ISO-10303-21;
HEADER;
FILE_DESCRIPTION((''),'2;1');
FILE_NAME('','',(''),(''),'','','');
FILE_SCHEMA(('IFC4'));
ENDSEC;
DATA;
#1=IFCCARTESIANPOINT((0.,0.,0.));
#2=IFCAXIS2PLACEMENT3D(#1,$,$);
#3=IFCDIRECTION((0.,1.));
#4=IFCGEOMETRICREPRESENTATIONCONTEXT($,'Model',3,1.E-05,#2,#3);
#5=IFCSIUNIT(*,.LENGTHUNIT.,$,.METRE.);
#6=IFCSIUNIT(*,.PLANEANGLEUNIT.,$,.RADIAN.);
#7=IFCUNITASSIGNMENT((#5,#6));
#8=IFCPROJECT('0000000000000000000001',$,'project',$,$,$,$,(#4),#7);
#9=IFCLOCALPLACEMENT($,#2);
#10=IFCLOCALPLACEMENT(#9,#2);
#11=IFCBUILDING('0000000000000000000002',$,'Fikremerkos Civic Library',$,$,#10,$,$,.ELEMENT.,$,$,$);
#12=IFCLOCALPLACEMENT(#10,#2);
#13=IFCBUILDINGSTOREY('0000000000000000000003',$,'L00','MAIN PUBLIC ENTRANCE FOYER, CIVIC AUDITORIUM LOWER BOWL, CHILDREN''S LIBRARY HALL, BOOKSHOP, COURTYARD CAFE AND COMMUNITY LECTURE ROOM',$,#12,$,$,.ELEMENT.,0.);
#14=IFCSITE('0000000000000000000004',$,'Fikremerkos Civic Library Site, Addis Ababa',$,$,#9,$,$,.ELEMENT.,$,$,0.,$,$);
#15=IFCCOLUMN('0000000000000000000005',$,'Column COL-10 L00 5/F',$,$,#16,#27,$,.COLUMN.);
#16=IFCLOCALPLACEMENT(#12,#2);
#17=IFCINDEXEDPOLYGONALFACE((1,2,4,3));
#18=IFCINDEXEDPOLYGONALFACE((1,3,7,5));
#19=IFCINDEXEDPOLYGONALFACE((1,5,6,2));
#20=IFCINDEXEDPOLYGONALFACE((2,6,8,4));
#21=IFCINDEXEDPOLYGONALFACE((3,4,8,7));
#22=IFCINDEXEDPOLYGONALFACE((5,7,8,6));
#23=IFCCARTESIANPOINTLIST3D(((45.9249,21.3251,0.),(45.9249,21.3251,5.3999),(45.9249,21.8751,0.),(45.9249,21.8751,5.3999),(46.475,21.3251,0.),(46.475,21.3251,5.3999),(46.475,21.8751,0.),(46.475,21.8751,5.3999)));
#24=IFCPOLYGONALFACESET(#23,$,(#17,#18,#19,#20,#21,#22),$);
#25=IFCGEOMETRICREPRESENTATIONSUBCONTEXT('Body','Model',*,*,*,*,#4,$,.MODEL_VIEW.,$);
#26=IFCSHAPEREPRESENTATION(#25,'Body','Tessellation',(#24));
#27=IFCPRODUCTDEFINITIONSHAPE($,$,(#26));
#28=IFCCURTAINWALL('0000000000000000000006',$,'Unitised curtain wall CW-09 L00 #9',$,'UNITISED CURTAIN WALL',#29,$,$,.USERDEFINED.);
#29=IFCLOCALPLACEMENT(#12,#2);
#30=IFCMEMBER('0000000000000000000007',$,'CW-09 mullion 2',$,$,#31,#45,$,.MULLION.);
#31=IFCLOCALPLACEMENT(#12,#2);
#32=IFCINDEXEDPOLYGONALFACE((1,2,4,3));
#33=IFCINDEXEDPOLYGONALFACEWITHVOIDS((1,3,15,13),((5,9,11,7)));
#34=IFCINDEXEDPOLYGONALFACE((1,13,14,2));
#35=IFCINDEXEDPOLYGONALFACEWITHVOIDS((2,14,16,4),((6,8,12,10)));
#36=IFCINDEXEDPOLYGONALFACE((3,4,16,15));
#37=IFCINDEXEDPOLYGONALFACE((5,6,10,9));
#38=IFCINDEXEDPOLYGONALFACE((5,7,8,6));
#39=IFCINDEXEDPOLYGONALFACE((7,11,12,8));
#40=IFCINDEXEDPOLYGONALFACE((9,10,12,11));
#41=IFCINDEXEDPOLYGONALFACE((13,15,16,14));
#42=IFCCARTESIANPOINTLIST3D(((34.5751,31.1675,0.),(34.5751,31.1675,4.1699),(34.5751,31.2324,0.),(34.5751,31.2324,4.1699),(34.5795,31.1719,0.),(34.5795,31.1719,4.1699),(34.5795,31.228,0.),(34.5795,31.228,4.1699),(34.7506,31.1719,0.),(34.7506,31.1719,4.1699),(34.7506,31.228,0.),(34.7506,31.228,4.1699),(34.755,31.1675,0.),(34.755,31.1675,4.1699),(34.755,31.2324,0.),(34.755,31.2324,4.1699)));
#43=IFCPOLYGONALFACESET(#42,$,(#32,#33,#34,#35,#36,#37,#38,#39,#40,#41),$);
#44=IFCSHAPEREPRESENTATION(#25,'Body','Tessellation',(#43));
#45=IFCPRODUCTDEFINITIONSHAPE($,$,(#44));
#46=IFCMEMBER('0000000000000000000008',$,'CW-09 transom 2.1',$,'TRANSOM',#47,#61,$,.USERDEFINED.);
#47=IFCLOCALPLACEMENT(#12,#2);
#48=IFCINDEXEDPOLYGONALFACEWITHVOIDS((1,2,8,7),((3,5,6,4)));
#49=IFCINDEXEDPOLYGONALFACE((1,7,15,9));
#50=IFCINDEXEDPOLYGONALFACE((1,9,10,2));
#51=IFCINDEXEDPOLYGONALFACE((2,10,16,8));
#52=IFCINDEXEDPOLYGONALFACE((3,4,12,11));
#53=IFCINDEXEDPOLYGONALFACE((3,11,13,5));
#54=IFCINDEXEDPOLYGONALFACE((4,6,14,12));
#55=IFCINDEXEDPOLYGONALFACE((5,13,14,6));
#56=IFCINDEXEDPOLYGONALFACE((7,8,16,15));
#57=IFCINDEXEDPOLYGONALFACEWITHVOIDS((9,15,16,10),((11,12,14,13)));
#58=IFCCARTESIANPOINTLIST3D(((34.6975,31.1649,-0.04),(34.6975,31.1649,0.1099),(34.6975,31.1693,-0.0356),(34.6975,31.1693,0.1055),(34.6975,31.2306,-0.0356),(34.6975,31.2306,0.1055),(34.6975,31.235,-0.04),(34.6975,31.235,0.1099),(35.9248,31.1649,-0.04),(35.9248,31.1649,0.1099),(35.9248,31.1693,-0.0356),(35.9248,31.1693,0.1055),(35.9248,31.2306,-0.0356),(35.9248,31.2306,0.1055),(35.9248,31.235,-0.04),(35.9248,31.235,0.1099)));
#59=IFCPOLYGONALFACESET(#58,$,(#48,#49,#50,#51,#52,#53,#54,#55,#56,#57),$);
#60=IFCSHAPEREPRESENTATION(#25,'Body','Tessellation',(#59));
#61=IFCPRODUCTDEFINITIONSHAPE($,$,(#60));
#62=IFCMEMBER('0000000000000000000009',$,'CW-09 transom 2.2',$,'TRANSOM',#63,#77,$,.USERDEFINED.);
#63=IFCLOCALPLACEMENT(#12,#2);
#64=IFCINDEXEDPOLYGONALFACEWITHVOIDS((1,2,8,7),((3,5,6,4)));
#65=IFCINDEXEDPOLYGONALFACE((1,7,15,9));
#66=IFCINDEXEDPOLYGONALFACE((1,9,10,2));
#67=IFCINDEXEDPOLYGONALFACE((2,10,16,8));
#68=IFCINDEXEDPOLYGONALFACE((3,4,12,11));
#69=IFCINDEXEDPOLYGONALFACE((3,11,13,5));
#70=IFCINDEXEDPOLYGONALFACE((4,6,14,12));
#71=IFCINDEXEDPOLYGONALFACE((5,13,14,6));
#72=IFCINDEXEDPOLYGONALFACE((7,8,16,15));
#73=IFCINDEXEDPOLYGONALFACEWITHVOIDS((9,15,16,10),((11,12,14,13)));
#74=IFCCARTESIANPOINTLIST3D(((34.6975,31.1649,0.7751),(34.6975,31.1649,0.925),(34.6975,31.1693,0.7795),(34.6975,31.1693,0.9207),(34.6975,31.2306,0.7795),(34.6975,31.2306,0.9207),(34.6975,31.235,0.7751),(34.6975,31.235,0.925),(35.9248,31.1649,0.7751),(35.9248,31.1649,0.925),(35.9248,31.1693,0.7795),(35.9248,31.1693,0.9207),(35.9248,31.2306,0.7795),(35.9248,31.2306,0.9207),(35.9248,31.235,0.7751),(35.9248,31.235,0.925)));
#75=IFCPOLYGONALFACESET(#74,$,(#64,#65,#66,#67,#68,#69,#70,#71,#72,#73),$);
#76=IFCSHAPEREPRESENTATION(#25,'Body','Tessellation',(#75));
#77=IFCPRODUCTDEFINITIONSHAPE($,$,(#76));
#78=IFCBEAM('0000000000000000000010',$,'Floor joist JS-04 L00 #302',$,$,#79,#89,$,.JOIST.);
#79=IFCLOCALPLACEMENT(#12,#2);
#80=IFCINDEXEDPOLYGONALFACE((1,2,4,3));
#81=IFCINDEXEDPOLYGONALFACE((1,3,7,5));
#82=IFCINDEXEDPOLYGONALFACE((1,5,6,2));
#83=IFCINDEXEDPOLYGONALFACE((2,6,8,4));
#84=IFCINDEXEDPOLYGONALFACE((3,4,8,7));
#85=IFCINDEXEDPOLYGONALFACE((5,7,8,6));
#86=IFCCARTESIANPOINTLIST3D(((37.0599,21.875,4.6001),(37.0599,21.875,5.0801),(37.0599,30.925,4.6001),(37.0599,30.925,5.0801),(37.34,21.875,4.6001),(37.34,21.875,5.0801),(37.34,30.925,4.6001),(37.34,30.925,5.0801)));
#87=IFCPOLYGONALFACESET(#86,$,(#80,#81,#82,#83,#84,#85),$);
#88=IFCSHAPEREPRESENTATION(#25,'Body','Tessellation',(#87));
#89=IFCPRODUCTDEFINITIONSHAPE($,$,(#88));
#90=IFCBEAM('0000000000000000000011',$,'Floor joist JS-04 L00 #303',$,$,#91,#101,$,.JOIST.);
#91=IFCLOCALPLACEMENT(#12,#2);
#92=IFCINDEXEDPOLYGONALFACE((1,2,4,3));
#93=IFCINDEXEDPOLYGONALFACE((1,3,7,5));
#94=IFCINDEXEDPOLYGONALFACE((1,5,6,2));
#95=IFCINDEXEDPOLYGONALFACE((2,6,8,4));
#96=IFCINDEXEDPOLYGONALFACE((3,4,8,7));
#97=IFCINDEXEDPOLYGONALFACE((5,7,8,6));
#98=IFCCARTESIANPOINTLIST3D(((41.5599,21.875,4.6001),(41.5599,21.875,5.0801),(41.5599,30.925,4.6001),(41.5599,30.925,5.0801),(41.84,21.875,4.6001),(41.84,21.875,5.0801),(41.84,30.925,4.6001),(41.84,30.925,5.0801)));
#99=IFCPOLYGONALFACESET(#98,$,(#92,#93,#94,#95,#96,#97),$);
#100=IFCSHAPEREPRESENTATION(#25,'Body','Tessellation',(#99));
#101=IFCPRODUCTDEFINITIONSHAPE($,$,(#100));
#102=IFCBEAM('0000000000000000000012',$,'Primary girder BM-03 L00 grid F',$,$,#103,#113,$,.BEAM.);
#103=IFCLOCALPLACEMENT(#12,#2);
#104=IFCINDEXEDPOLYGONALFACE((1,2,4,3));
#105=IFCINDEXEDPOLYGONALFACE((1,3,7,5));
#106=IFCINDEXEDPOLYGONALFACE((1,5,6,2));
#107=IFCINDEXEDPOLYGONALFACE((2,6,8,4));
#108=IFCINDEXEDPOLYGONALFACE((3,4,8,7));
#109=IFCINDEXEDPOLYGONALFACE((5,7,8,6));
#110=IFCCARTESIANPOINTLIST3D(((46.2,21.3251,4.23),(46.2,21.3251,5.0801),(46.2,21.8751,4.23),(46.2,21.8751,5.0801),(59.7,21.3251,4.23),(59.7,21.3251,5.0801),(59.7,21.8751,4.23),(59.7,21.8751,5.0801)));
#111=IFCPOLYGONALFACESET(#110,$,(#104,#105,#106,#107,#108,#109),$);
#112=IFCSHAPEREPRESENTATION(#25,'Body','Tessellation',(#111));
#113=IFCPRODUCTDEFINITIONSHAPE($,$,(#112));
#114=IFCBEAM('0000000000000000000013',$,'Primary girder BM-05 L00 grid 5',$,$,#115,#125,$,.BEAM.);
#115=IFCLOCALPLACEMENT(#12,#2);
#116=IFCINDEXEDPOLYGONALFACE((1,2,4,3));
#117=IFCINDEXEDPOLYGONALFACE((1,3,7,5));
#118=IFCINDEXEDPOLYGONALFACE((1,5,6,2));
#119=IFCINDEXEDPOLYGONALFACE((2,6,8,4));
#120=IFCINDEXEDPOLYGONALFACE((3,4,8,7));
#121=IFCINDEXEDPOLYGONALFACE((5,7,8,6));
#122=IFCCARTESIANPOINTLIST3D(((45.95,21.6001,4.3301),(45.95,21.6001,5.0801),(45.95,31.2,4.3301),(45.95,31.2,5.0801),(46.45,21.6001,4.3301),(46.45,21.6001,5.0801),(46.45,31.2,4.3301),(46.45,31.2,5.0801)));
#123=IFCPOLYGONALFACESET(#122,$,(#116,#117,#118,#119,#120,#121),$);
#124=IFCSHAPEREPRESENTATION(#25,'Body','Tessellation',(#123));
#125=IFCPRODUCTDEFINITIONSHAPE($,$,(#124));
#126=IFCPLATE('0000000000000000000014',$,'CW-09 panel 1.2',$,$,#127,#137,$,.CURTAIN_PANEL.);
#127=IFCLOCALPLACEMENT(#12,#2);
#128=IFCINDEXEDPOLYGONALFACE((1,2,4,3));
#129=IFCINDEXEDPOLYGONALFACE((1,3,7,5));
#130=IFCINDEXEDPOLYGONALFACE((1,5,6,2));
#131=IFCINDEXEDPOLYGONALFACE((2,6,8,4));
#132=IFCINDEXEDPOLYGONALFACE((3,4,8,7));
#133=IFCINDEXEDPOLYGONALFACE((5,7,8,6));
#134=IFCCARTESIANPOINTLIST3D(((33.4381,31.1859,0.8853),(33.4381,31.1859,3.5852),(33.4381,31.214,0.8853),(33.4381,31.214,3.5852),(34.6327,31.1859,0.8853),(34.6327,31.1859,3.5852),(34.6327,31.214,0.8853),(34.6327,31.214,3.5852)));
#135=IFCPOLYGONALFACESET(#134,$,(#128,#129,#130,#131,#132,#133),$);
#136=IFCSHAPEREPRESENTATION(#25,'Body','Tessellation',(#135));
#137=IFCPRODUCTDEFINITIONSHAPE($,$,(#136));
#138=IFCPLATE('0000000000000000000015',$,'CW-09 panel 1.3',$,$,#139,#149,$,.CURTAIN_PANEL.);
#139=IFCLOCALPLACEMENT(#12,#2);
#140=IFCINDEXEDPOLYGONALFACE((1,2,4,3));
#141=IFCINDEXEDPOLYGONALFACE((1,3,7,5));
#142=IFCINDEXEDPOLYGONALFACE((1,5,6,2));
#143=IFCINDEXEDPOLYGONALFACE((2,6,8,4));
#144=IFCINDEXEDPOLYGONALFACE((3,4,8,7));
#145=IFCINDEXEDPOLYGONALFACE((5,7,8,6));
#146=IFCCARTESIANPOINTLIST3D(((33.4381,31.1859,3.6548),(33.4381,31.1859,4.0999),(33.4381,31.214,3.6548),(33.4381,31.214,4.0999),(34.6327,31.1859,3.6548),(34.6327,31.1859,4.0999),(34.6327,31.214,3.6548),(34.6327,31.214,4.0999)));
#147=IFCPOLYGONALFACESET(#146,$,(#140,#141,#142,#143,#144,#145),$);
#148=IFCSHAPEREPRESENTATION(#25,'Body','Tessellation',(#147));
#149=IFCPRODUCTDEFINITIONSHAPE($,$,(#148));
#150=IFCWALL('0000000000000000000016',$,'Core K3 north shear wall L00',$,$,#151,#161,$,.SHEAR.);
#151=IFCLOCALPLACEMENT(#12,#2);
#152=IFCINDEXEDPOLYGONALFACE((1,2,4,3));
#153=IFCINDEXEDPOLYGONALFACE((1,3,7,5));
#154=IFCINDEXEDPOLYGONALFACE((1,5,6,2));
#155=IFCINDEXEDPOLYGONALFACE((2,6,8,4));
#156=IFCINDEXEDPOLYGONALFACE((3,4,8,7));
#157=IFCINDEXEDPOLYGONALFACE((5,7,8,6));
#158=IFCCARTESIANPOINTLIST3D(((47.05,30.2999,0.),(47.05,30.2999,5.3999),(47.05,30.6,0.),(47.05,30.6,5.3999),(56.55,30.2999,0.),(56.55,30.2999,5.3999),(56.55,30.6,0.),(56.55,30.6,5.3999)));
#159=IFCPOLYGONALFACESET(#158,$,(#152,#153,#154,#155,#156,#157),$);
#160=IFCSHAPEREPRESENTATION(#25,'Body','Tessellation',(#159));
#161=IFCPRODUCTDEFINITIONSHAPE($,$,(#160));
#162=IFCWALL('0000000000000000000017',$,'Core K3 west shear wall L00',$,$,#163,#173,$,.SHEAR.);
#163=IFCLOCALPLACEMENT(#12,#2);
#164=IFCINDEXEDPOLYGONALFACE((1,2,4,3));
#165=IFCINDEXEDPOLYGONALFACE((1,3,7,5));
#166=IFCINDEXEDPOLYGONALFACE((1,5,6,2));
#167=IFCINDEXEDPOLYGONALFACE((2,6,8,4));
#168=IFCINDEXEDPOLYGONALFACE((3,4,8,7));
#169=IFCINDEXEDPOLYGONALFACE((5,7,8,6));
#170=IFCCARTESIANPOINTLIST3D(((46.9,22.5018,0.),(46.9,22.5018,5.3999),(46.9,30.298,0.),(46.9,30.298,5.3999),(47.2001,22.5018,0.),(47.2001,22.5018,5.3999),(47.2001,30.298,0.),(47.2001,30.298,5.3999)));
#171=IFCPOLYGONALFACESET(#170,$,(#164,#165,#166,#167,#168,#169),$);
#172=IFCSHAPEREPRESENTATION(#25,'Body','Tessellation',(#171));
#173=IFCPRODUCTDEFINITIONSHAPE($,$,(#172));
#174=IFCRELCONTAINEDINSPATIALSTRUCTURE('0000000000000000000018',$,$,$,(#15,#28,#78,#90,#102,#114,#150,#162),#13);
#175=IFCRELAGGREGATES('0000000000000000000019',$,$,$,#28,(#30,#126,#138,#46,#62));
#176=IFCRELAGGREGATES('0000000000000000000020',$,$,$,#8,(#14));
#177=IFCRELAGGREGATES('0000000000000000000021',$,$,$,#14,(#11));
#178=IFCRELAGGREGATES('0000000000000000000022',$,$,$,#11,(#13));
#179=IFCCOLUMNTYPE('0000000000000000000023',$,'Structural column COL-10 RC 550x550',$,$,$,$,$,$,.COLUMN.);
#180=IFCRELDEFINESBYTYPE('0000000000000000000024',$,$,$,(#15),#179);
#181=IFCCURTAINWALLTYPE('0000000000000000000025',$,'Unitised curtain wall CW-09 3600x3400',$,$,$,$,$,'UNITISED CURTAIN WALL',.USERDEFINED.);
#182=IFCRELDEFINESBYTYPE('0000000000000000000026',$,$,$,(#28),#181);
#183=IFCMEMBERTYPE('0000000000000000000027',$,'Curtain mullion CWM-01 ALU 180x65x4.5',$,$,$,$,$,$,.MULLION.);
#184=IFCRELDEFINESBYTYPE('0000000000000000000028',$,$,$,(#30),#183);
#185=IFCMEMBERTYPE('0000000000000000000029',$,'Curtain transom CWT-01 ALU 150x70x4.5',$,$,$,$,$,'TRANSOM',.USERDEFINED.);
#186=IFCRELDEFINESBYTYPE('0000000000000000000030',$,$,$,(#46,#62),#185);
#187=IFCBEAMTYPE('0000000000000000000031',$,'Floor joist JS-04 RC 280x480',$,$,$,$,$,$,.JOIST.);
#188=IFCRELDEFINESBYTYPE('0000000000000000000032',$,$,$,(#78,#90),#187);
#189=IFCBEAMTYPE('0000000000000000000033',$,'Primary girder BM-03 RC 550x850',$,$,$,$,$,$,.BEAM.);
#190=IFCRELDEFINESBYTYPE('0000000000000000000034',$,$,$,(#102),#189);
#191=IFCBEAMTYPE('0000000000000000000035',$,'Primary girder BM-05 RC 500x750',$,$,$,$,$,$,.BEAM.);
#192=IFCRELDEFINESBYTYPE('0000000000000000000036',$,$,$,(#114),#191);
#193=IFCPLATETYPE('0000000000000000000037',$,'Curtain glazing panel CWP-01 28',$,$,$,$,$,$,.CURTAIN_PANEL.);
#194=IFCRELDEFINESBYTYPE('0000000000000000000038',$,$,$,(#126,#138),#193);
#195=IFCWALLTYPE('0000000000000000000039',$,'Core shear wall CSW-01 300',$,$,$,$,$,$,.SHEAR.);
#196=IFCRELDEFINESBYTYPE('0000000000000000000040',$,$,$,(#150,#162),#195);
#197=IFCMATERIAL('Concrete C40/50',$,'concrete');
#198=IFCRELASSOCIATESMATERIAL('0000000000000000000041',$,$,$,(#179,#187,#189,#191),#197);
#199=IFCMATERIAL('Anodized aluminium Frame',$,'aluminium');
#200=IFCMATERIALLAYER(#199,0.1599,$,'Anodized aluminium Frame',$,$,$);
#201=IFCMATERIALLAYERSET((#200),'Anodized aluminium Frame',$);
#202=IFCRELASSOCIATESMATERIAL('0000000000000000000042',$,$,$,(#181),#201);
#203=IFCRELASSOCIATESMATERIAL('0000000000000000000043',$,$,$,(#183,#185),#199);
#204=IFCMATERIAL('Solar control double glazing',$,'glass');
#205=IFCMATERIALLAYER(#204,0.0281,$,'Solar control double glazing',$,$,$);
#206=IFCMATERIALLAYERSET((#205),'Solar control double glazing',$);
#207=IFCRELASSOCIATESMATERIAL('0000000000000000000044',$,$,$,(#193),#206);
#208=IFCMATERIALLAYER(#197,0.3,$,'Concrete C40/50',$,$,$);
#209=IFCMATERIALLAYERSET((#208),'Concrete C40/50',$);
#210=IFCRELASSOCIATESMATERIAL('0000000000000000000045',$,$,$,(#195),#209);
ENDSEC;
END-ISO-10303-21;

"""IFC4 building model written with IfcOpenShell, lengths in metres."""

from ifc_helpers import new_model, si_unit, direction, frame, frame_2d, origin, origin_2d, place, context, subcontext, project, spatial, rectangle, hollow_rectangle, extrude, material, layer, layer_set, material_profile, profile_set, type_object, element, aggregate, save


model = new_model("IFC4")

# Units and contexts
model_context = context("Model", 3, precision=1e-05, world=origin(), true_north=direction((0.0, 1.0)))
body_context = subcontext(model_context, "Body", "Model", "MODEL_VIEW")
ifc_project = project(units=[si_unit("LENGTHUNIT", "METRE"), si_unit("PLANEANGLEUNIT", "RADIAN")], contexts=[model_context])

# Site, building, storey
site_placement = place(None, origin())
site = spatial("IfcSite", under=ifc_project, at=site_placement, Name="Fikremerkos Civic Library Site, Addis Ababa", CompositionType="ELEMENT", RefElevation=0.0)
building_placement = place(site_placement, origin())
building = spatial("IfcBuilding", under=site, at=building_placement, Name="Fikremerkos Civic Library", CompositionType="ELEMENT")
storey_placement = place(building_placement, origin())
storey = spatial("IfcBuildingStorey", under=building, at=storey_placement, Name="L00", Description="MAIN PUBLIC ENTRANCE FOYER, CIVIC AUDITORIUM LOWER BOWL, CHILDREN'S LIBRARY HALL, BOOKSHOP, COURTYARD CAFE AND COMMUNITY LECTURE ROOM", CompositionType="ELEMENT", Elevation=0.0)

# Column
ifc_material_1 = material(Name="Concrete C40/50", Category="concrete")
ifc_material_profile_1 = material_profile(ifc_material_1, rectangle(XDim=0.55, YDim=0.55, at=origin_2d()), Name="RC 550x550")
ifc_profile_set_1 = profile_set([ifc_material_profile_1], Name="Concrete C40/50")
column_type = type_object("IfcColumnType", Name="Structural column COL-10 RC 550x550", PredefinedType="COLUMN", material=ifc_profile_set_1)
column_placement = place(storey_placement, frame((46.2, 21.6001, 0.0), z_axis=(0.0, 0.0, 1.0), x_axis=(1.0, 0.0, 0.0)))
element("IfcColumn", 1, at=column_placement, inside=storey, type_object=column_type, Name="Column COL-10 L00 5/F", PredefinedType="COLUMN", context=body_context, shape_type="SweptSolid", body=[
    extrude(rectangle(XDim=0.55, YDim=0.55, at=origin_2d()), origin(), (0.0, 0.0, 1.0), 5.3999),
])

# Curtain wall, members
ifc_material_2 = material(Name="Anodized aluminium Frame", Category="aluminium")
ifc_layer_1 = layer(ifc_material_2, 0.1599, Name="Anodized aluminium Frame")
ifc_layer_set_1 = layer_set([ifc_layer_1], Name="Anodized aluminium Frame")
curtain_wall_type = type_object("IfcCurtainWallType", Name="Unitised curtain wall CW-09 3600x3400", ElementType="UNITISED CURTAIN WALL", PredefinedType="USERDEFINED", material=ifc_layer_set_1)
curtain_wall_placement = place(storey_placement, origin())
curtain_wall = element("IfcCurtainWall", 2, at=curtain_wall_placement, inside=storey, type_object=curtain_wall_type, Name="Unitised curtain wall CW-09 L00 #9", ObjectType="UNITISED CURTAIN WALL", PredefinedType="USERDEFINED")
ifc_material_profile_2 = material_profile(ifc_material_2, hollow_rectangle(XDim=0.0649, YDim=0.1799, WallThickness=0.0044, at=origin_2d()), Name="ALU 180x65x4.5")
ifc_profile_set_2 = profile_set([ifc_material_profile_2], Name="Anodized aluminium Frame")
member_type_1 = type_object("IfcMemberType", Name="Curtain mullion CWM-01 ALU 180x65x4.5", PredefinedType="MULLION", material=ifc_profile_set_2)
member_1_placement = place(storey_placement, frame((34.665, 31.2, 0.0), z_axis=(0.0, 0.0, 1.0), x_axis=(0.0, 1.0, 0.0)))
member_1 = element("IfcMember", 3, at=member_1_placement, type_object=member_type_1, Name="CW-09 mullion 2", PredefinedType="MULLION", context=body_context, shape_type="SweptSolid", body=[
    extrude(hollow_rectangle(XDim=0.0649, YDim=0.1799, WallThickness=0.0044, at=origin_2d()), origin(), (0.0, 0.0, 1.0), 4.1699),
])
ifc_material_profile_3 = material_profile(ifc_material_2, hollow_rectangle(XDim=0.0701, YDim=0.1499, WallThickness=0.0044, at=origin_2d()), Name="ALU 150x70x4.5")
ifc_profile_set_3 = profile_set([ifc_material_profile_3], Name="Anodized aluminium Frame")
member_type_2 = type_object("IfcMemberType", Name="Curtain transom CWT-01 ALU 150x70x4.5", ElementType="TRANSOM", PredefinedType="USERDEFINED", material=ifc_profile_set_3)
member_2_placement = place(storey_placement, frame((34.6975, 31.2, 0.0349), z_axis=(1.0, 0.0, 0.0), x_axis=(0.0, 1.0, 0.0)))
member_2 = element("IfcMember", 4, at=member_2_placement, type_object=member_type_2, Name="CW-09 transom 2.1", ObjectType="TRANSOM", PredefinedType="USERDEFINED", context=body_context, shape_type="SweptSolid", body=[
    extrude(hollow_rectangle(XDim=0.0701, YDim=0.1499, WallThickness=0.0044, at=origin_2d()), origin(), (0.0, 0.0, 1.0), 1.2273),
])
member_3_placement = place(storey_placement, frame((34.6975, 31.2, 0.8501), z_axis=(1.0, 0.0, 0.0), x_axis=(0.0, 1.0, 0.0)))
member_3 = element("IfcMember", 5, at=member_3_placement, type_object=member_type_2, Name="CW-09 transom 2.2", ObjectType="TRANSOM", PredefinedType="USERDEFINED", context=body_context, shape_type="SweptSolid", body=[
    extrude(hollow_rectangle(XDim=0.0701, YDim=0.1499, WallThickness=0.0044, at=origin_2d()), origin(), (0.0, 0.0, 1.0), 1.2273),
])

# Beams
ifc_material_profile_4 = material_profile(ifc_material_1, rectangle(XDim=0.28, YDim=0.48, at=origin_2d()), Name="RC 280x480")
ifc_profile_set_4 = profile_set([ifc_material_profile_4], Name="Concrete C40/50")
beam_type_1 = type_object("IfcBeamType", Name="Floor joist JS-04 RC 280x480", PredefinedType="JOIST", material=ifc_profile_set_4)
for number, where, z_axis, x_axis, name in (
    (6, (37.2, 21.875, 4.8401), (0.0, 1.0, 0.0), (-1.0, 0.0, 0.0), "Floor joist JS-04 L00 #302"),
    (7, (41.7, 21.875, 4.8401), (0.0, 1.0, 0.0), (-1.0, 0.0, 0.0), "Floor joist JS-04 L00 #303"),
):
    element("IfcBeam", number, at=place(storey_placement, frame(where, z_axis=z_axis, x_axis=x_axis)), inside=storey, type_object=beam_type_1, Name=name, PredefinedType="JOIST", context=body_context, shape_type="SweptSolid", body=[
        extrude(rectangle(XDim=0.28, YDim=0.48, at=origin_2d()), origin(), (0.0, 0.0, 1.0), 9.05),
    ])
ifc_material_profile_5 = material_profile(ifc_material_1, rectangle(XDim=0.55, YDim=0.8501, at=origin_2d()), Name="RC 550x850")
ifc_profile_set_5 = profile_set([ifc_material_profile_5], Name="Concrete C40/50")
beam_type_2 = type_object("IfcBeamType", Name="Primary girder BM-03 RC 550x850", PredefinedType="BEAM", material=ifc_profile_set_5)
beam_1_placement = place(storey_placement, frame((46.2, 21.6001, 4.655), z_axis=(1.0, 0.0, 0.0), x_axis=(0.0, 1.0, 0.0)))
element("IfcBeam", 8, at=beam_1_placement, inside=storey, type_object=beam_type_2, Name="Primary girder BM-03 L00 grid F", PredefinedType="BEAM", context=body_context, shape_type="SweptSolid", body=[
    extrude(rectangle(XDim=0.55, YDim=0.8501, at=origin_2d()), origin(), (0.0, 0.0, 1.0), 13.5),
])
ifc_material_profile_6 = material_profile(ifc_material_1, rectangle(XDim=0.5, YDim=0.75, at=origin_2d()), Name="RC 500x750")
ifc_profile_set_6 = profile_set([ifc_material_profile_6], Name="Concrete C40/50")
beam_type_3 = type_object("IfcBeamType", Name="Primary girder BM-05 RC 500x750", PredefinedType="BEAM", material=ifc_profile_set_6)
beam_2_placement = place(storey_placement, frame((46.2, 21.6001, 4.7051), z_axis=(0.0, 1.0, 0.0), x_axis=(-1.0, 0.0, 0.0)))
element("IfcBeam", 9, at=beam_2_placement, inside=storey, type_object=beam_type_3, Name="Primary girder BM-05 L00 grid 5", PredefinedType="BEAM", context=body_context, shape_type="SweptSolid", body=[
    extrude(rectangle(XDim=0.5, YDim=0.75, at=origin_2d()), origin(), (0.0, 0.0, 1.0), 9.5999),
])

# Plates
ifc_material_3 = material(Name="Solar control double glazing", Category="glass")
ifc_layer_2 = layer(ifc_material_3, 0.0281, Name="Solar control double glazing")
ifc_layer_set_2 = layer_set([ifc_layer_2], Name="Solar control double glazing")
plate_type = type_object("IfcPlateType", Name="Curtain glazing panel CWP-01 28", PredefinedType="CURTAIN_PANEL", material=ifc_layer_set_2)
plate_1_placement = place(storey_placement, frame((34.0354, 31.2, 0.8853), z_axis=(0.0, 0.0, 1.0), x_axis=(1.0, 0.0, 0.0)))
plate_1 = element("IfcPlate", 10, at=plate_1_placement, type_object=plate_type, Name="CW-09 panel 1.2", PredefinedType="CURTAIN_PANEL", context=body_context, shape_type="SweptSolid", body=[
    extrude(rectangle(XDim=1.1946, YDim=0.0281, at=origin_2d()), origin(), (0.0, 0.0, 1.0), 2.7),
])
plate_2_placement = place(storey_placement, frame((34.0354, 31.2, 3.6548), z_axis=(0.0, 0.0, 1.0), x_axis=(1.0, 0.0, 0.0)))
plate_2 = element("IfcPlate", 11, at=plate_2_placement, type_object=plate_type, Name="CW-09 panel 1.3", PredefinedType="CURTAIN_PANEL", context=body_context, shape_type="SweptSolid", body=[
    extrude(rectangle(XDim=1.1946, YDim=0.0281, at=origin_2d()), origin(), (0.0, 0.0, 1.0), 0.4451),
])
aggregate(curtain_wall, [member_1, plate_1, plate_2, member_2, member_3])

# Walls
ifc_layer_3 = layer(ifc_material_1, 0.3, Name="Concrete C40/50")
ifc_layer_set_3 = layer_set([ifc_layer_3], Name="Concrete C40/50")
wall_type_1 = type_object("IfcWallType", Name="Core shear wall CSW-01 300", PredefinedType="SHEAR", material=ifc_layer_set_3)
wall_1_placement = place(storey_placement, frame((47.05, 30.45, 0.0), z_axis=(0.0, 0.0, 1.0), x_axis=(1.0, 0.0, 0.0)))
element("IfcWall", 12, at=wall_1_placement, inside=storey, type_object=wall_type_1, Name="Core K3 north shear wall L00", PredefinedType="SHEAR", context=body_context, shape_type="SweptSolid", body=[
    extrude(rectangle(XDim=9.5, YDim=0.3, at=frame_2d((4.75, 0.0))), origin(), (0.0, 0.0, 1.0), 5.3999),
])
wall_2_placement = place(storey_placement, frame((47.05, 22.502, 0.0), z_axis=(0.0, 0.0, 1.0), x_axis=(0.0, 1.0, 0.0)))
element("IfcWall", 13, at=wall_2_placement, inside=storey, type_object=wall_type_1, Name="Core K3 west shear wall L00", PredefinedType="SHEAR", context=body_context, shape_type="SweptSolid", body=[
    extrude(rectangle(XDim=7.7961, YDim=0.3, at=frame_2d((3.8979, 0.0))), origin(), (0.0, 0.0, 1.0), 5.3999),
])

save(model, "model.ifc")
